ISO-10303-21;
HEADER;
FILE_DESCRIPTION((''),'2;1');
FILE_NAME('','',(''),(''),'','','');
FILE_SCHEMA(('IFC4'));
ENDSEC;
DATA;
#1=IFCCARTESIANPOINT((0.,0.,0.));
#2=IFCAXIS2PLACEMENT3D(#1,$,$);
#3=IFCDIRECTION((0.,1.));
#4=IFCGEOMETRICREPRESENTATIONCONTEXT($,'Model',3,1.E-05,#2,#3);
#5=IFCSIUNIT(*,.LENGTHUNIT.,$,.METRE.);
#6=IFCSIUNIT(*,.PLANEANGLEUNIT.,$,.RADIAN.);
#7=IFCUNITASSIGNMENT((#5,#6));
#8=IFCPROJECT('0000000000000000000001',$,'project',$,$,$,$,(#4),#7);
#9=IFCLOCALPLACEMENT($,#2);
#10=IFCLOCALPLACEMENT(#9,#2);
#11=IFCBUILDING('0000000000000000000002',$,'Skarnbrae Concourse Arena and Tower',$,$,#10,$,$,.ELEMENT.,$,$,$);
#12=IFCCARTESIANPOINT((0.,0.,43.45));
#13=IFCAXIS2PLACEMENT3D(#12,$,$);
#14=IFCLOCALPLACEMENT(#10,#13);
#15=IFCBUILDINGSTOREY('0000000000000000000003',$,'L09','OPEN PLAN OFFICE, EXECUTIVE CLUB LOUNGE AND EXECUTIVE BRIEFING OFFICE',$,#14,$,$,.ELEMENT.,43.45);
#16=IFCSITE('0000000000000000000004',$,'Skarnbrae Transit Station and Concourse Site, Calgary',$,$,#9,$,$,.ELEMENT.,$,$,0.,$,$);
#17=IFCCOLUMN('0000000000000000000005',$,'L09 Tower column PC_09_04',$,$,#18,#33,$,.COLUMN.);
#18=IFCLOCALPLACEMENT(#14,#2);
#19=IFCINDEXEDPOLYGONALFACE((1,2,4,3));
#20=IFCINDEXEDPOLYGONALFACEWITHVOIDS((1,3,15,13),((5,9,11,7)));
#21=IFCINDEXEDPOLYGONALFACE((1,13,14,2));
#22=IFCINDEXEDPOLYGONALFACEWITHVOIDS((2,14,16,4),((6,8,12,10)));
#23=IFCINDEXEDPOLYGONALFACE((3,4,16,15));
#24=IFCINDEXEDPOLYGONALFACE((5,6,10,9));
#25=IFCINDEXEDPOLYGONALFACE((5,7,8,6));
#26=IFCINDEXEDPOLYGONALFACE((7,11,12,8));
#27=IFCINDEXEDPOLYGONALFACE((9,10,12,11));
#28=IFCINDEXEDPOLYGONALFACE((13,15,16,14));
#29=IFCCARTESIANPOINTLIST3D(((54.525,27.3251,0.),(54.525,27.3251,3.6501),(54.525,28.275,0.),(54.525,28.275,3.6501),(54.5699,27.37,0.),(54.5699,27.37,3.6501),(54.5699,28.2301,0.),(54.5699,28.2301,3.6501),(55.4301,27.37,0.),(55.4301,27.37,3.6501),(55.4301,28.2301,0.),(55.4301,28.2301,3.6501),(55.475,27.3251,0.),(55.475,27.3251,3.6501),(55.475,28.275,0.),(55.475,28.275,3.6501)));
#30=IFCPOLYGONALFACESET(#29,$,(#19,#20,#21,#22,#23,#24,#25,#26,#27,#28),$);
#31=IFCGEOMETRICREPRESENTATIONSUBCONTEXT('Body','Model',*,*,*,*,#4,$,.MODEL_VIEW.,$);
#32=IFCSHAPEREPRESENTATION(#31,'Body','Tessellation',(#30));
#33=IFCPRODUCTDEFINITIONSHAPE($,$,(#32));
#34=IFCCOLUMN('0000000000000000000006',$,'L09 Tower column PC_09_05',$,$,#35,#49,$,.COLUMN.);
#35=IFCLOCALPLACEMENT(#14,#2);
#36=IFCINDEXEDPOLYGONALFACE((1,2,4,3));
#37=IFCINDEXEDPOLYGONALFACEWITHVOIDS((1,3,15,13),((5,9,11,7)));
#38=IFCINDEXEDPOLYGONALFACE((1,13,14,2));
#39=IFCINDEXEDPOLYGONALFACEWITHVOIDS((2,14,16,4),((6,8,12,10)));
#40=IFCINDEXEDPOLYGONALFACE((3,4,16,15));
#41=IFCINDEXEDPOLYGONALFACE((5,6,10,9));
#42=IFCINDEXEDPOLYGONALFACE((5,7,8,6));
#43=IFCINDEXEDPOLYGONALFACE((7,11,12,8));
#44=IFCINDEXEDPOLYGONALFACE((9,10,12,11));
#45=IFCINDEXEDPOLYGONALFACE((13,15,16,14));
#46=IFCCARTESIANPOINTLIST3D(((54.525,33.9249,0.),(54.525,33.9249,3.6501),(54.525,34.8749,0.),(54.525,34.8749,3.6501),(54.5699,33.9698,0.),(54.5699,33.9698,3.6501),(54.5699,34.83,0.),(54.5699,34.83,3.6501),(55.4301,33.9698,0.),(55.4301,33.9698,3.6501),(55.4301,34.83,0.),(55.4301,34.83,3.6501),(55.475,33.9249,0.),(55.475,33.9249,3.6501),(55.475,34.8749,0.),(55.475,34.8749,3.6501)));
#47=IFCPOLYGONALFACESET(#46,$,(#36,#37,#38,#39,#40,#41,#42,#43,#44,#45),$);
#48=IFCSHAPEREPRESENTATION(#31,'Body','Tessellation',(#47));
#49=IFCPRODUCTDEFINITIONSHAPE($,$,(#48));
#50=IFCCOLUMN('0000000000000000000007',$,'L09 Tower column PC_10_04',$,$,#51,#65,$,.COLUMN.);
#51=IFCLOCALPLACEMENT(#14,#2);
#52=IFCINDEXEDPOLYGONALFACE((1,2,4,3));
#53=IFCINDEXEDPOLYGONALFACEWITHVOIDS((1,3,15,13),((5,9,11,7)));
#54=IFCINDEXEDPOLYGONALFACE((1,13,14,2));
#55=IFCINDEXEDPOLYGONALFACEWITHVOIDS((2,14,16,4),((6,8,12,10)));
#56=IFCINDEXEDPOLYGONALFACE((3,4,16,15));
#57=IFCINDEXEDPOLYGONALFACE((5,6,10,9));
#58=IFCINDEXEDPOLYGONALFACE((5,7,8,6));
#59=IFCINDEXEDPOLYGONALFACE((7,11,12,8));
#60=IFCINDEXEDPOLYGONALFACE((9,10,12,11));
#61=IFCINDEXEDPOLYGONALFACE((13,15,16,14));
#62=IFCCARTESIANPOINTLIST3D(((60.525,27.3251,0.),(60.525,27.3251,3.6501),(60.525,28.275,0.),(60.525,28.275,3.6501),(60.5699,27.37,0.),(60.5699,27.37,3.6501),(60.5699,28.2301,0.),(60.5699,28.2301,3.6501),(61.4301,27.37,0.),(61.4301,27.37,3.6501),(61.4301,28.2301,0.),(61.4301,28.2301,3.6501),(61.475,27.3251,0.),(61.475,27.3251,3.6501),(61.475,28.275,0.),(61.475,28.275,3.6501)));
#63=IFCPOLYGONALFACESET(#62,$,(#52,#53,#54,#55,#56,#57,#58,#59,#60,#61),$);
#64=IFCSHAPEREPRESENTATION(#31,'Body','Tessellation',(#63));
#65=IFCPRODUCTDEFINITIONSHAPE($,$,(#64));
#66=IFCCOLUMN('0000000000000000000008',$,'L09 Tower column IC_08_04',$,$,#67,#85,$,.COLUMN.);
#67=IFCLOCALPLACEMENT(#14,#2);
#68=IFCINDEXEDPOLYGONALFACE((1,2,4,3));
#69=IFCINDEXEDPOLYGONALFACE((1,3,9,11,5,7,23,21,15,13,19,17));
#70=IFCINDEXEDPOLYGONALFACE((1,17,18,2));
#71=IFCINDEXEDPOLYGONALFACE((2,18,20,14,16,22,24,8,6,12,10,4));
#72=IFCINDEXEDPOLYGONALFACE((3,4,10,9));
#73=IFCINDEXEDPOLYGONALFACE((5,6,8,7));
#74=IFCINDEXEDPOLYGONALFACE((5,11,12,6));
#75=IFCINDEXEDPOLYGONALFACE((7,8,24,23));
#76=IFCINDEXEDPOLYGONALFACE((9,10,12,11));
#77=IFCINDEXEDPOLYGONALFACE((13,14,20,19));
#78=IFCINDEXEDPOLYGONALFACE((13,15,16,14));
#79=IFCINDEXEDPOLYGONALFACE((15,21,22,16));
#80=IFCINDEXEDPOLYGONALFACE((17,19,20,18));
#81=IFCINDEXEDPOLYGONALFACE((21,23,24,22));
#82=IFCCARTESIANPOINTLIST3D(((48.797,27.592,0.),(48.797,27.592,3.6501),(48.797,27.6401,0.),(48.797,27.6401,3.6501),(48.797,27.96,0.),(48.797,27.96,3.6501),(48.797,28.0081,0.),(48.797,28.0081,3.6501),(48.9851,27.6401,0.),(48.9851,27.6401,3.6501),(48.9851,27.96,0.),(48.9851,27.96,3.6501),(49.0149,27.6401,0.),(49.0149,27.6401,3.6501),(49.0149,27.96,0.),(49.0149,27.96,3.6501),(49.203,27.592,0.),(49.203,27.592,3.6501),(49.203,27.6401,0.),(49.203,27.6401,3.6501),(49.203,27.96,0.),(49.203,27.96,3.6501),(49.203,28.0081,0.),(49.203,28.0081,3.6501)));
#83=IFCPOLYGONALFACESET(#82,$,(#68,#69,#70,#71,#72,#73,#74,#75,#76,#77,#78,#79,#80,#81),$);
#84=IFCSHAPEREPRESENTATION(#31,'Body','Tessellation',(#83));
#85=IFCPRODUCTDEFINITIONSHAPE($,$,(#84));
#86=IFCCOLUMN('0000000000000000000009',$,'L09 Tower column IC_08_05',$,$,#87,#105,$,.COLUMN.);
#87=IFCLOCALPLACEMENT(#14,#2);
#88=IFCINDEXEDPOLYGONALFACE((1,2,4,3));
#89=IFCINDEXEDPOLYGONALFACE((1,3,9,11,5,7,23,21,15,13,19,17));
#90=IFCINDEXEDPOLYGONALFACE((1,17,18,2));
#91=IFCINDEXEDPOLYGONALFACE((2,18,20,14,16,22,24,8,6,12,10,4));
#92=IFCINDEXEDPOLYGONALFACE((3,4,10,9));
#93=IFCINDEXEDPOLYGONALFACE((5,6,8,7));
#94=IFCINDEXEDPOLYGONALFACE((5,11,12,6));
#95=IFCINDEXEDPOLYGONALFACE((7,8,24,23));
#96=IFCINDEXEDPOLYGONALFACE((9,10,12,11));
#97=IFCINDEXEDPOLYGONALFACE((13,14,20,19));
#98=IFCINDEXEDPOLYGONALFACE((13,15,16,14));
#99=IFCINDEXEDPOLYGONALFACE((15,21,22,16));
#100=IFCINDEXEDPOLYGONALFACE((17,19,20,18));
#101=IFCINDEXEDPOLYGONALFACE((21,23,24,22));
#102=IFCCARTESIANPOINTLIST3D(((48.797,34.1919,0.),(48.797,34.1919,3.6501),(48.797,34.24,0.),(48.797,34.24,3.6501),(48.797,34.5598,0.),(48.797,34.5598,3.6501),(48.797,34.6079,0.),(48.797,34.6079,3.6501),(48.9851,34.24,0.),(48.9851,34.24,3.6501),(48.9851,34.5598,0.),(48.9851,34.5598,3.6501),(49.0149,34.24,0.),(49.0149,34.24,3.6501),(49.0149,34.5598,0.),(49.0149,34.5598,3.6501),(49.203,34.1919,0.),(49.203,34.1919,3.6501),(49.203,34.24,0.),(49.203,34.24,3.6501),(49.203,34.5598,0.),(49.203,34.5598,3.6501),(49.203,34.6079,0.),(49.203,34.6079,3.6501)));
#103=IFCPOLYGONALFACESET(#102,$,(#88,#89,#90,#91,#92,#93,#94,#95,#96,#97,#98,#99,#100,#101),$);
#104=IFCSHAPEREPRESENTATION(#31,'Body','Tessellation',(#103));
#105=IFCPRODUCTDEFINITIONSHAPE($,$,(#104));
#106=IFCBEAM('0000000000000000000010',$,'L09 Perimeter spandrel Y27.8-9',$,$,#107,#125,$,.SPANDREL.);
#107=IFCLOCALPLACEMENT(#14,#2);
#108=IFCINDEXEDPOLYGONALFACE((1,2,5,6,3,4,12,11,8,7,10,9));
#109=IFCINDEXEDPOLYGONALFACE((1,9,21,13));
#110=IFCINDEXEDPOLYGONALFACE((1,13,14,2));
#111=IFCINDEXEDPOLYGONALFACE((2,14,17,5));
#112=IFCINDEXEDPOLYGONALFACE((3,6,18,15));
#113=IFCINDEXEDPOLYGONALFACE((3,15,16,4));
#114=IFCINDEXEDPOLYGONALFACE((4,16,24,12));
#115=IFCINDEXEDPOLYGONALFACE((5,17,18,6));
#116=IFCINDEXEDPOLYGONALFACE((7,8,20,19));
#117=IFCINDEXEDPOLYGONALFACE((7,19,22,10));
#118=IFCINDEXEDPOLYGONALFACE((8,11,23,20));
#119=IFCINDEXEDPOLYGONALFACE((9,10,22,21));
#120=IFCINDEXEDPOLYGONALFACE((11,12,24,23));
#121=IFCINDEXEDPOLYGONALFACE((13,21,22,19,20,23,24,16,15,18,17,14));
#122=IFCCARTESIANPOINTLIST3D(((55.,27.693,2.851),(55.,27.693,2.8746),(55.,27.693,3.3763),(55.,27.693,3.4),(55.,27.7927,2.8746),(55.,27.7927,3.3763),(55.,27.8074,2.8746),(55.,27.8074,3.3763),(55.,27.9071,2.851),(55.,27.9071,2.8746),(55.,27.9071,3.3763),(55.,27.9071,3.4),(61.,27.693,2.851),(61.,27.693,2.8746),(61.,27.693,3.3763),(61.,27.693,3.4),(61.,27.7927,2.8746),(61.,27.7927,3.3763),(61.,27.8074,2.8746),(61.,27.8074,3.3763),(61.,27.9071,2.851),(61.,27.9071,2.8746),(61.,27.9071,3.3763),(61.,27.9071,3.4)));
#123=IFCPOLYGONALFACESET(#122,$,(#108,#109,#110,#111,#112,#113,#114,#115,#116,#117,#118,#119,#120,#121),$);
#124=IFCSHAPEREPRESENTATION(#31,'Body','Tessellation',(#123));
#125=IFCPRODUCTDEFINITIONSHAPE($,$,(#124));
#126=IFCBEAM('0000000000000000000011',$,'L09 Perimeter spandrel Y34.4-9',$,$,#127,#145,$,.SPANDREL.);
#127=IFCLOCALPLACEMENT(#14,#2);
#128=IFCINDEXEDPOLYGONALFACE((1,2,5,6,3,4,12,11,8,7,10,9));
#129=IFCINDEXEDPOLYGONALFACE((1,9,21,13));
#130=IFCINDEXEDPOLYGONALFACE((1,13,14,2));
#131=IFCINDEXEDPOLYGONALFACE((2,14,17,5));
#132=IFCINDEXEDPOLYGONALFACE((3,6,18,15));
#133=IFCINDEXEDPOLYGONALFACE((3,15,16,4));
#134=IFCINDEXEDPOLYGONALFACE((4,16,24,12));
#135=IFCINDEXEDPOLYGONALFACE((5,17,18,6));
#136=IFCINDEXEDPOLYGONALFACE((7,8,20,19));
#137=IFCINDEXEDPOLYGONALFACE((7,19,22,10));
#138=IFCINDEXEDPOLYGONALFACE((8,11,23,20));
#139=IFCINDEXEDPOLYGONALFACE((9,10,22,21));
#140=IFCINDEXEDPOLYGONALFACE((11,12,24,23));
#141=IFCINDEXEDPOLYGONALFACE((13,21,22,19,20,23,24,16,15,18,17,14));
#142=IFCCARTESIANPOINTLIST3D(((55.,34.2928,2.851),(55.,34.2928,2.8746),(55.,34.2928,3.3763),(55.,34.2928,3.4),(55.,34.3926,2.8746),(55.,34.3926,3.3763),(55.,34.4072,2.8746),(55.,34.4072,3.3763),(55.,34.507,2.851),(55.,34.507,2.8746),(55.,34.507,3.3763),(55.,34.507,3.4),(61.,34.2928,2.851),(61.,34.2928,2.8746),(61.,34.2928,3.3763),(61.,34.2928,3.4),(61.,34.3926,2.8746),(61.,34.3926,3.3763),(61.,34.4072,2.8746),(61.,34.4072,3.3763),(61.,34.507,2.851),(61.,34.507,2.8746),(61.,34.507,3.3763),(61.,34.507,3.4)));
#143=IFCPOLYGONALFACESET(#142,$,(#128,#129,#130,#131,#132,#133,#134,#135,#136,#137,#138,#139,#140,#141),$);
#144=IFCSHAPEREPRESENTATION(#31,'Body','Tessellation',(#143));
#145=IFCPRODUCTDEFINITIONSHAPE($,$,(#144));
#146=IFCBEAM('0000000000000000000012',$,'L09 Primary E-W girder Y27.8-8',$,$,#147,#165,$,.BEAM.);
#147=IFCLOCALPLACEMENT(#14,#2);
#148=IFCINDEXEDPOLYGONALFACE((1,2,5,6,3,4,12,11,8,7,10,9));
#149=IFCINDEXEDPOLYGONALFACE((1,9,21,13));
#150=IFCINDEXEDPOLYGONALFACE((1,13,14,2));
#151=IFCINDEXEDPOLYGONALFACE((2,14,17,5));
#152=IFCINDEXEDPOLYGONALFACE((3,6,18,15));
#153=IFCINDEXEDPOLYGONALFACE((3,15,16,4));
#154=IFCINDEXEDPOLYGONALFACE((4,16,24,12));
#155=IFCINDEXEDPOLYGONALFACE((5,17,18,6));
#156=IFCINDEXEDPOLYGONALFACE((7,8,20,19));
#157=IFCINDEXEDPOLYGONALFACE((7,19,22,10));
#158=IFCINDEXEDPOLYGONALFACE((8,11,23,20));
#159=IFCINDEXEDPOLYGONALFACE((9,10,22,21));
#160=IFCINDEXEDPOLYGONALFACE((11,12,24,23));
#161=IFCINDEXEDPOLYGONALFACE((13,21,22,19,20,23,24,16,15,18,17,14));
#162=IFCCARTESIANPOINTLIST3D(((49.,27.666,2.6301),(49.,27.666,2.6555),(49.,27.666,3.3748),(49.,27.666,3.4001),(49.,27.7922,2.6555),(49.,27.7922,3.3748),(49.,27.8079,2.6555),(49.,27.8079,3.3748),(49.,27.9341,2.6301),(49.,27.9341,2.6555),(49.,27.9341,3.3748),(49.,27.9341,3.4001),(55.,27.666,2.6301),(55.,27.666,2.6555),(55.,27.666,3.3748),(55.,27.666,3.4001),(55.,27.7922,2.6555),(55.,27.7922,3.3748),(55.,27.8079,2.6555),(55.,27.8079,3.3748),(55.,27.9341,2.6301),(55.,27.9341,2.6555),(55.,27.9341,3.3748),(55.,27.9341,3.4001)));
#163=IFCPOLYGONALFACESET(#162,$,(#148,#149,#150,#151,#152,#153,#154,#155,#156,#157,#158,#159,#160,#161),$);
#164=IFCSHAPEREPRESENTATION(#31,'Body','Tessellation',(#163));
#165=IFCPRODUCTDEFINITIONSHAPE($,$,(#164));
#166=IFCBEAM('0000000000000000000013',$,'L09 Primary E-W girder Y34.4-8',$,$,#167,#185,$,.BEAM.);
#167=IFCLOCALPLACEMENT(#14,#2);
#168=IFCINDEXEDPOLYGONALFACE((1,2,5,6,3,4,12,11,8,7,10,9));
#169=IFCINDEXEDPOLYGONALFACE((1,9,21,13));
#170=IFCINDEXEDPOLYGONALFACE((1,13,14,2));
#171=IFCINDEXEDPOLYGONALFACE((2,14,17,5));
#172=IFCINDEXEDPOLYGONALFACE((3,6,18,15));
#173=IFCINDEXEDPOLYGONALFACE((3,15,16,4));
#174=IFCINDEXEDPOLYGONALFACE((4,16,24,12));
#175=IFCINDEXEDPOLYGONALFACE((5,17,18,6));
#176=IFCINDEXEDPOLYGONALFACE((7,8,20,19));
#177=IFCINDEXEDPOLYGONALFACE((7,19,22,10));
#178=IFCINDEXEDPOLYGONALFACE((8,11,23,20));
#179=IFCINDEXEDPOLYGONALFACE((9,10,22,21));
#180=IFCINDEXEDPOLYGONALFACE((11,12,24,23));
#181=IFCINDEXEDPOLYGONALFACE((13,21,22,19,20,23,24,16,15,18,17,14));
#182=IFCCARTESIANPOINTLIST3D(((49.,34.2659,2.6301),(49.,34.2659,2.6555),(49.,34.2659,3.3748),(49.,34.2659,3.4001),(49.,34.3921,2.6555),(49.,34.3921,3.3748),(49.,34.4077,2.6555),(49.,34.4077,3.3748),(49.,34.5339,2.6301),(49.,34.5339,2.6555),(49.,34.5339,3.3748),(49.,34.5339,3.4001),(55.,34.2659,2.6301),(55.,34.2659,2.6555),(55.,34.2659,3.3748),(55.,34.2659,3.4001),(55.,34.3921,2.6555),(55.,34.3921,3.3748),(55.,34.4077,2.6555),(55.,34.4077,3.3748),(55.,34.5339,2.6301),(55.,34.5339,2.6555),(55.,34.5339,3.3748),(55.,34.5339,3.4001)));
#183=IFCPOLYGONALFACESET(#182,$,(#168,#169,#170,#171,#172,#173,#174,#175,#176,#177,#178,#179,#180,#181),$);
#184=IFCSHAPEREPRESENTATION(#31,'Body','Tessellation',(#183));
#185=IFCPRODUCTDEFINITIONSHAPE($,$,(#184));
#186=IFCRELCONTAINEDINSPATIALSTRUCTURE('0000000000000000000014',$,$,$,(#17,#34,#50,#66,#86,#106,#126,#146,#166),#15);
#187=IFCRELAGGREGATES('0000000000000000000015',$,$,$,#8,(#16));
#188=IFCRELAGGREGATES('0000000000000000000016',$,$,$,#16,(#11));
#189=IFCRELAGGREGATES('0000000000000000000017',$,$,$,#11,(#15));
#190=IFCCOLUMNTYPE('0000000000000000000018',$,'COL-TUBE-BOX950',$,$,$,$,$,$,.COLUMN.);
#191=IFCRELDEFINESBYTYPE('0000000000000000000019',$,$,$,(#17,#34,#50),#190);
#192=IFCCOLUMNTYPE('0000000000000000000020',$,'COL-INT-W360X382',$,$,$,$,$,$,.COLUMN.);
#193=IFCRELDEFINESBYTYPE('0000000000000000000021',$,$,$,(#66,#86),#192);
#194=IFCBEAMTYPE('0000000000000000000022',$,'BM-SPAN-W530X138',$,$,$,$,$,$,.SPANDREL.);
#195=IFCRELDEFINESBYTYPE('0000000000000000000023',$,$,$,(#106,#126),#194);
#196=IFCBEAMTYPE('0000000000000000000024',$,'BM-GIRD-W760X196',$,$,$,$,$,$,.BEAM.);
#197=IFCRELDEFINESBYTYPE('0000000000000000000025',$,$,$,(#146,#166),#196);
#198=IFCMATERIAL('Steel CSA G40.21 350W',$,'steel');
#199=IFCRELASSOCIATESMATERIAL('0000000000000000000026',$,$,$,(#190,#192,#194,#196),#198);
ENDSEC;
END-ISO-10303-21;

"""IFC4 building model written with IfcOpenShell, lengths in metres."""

from ifc_helpers import new_model, si_unit, direction, frame, origin, origin_2d, place, context, subcontext, project, spatial, hollow_rectangle, i_section, extrude, source, transform, mapped, material, material_profile, profile_set, type_object, element, save


model = new_model("IFC4")

# Units and contexts
model_context = context("Model", 3, precision=1e-05, world=origin(), true_north=direction((0.0, 1.0)))
body_context = subcontext(model_context, "Body", "Model", "MODEL_VIEW")
ifc_project = project(units=[si_unit("LENGTHUNIT", "METRE"), si_unit("PLANEANGLEUNIT", "RADIAN")], contexts=[model_context])

# Site, building, storey
site_placement = place(None, origin())
site = spatial("IfcSite", under=ifc_project, at=site_placement, Name="Skarnbrae Transit Station and Concourse Site, Calgary", CompositionType="ELEMENT", RefElevation=0.0)
building_placement = place(site_placement, origin())
building = spatial("IfcBuilding", under=site, at=building_placement, Name="Skarnbrae Concourse Arena and Tower", CompositionType="ELEMENT")
storey_placement = place(building_placement, frame((0.0, 0.0, 43.45)))
storey = spatial("IfcBuildingStorey", under=building, at=storey_placement, Name="L09", Description="OPEN PLAN OFFICE, EXECUTIVE CLUB LOUNGE AND EXECUTIVE BRIEFING OFFICE", CompositionType="ELEMENT", Elevation=43.45)

# Columns
ifc_material_1 = material(Name="Steel CSA G40.21 350W", Category="steel")
ifc_material_profile_1 = material_profile(ifc_material_1, hollow_rectangle(XDim=0.95, YDim=0.95, WallThickness=0.0449, at=origin_2d()), Name="BOX950X950X45")
ifc_profile_set_1 = profile_set([ifc_material_profile_1], Name="Steel CSA G40.21 350W")
column_type_1 = type_object("IfcColumnType", Name="COL-TUBE-BOX950", PredefinedType="COLUMN", material=ifc_profile_set_1)
shared_shape_1 = source(origin(), body_context, "Body", "SweptSolid", [
    extrude(hollow_rectangle(XDim=0.95, YDim=0.95, WallThickness=0.0449, at=origin_2d()), origin(), (0.0, 0.0, 1.0), 3.6501),
])
for number, where, z_axis, x_axis, name in (
    (1, (55.0, 27.8, 0.0), (0.0, 0.0, 1.0), (1.0, 0.0, 0.0), "L09 Tower column PC_09_04"),
    (2, (55.0, 34.3999, 0.0), (0.0, 0.0, 1.0), (1.0, 0.0, 0.0), "L09 Tower column PC_09_05"),
    (3, (61.0, 27.8, 0.0), (0.0, 0.0, 1.0), (1.0, 0.0, 0.0), "L09 Tower column PC_10_04"),
):
    element("IfcColumn", number, at=place(storey_placement, frame(where, z_axis=z_axis, x_axis=x_axis)), inside=storey, type_object=column_type_1, Name=name, PredefinedType="COLUMN", context=body_context, shape_type="MappedRepresentation", body=[
        mapped(shared_shape_1, transform((0.0, 0.0, 0.0))),
    ])
ifc_material_profile_2 = material_profile(ifc_material_1, i_section(OverallWidth=0.406, OverallDepth=0.416, WebThickness=0.0298, FlangeThickness=0.0481, at=origin_2d()), Name="W360X382")
ifc_profile_set_2 = profile_set([ifc_material_profile_2], Name="Steel CSA G40.21 350W")
column_type_2 = type_object("IfcColumnType", Name="COL-INT-W360X382", PredefinedType="COLUMN", material=ifc_profile_set_2)
shared_shape_2 = source(origin(), body_context, "Body", "SweptSolid", [
    extrude(i_section(OverallWidth=0.406, OverallDepth=0.416, WebThickness=0.0298, FlangeThickness=0.0481, at=origin_2d()), origin(), (0.0, 0.0, 1.0), 3.6501),
])
for number, where, z_axis, x_axis, name in (
    (4, (49.0, 27.8, 0.0), (0.0, 0.0, 1.0), (1.0, 0.0, 0.0), "L09 Tower column IC_08_04"),
    (5, (49.0, 34.3999, 0.0), (0.0, 0.0, 1.0), (1.0, 0.0, 0.0), "L09 Tower column IC_08_05"),
):
    element("IfcColumn", number, at=place(storey_placement, frame(where, z_axis=z_axis, x_axis=x_axis)), inside=storey, type_object=column_type_2, Name=name, PredefinedType="COLUMN", context=body_context, shape_type="MappedRepresentation", body=[
        mapped(shared_shape_2, transform((0.0, 0.0, 0.0))),
    ])

# Beams
ifc_material_profile_3 = material_profile(ifc_material_1, i_section(OverallWidth=0.2141, OverallDepth=0.5491, WebThickness=0.0146, FlangeThickness=0.0237, at=origin_2d()), Name="W530X138")
ifc_profile_set_3 = profile_set([ifc_material_profile_3], Name="Steel CSA G40.21 350W")
beam_type_1 = type_object("IfcBeamType", Name="BM-SPAN-W530X138", PredefinedType="SPANDREL", material=ifc_profile_set_3)
shared_shape_3 = source(origin(), body_context, "Body", "SweptSolid", [
    extrude(i_section(OverallWidth=0.2141, OverallDepth=0.5491, WebThickness=0.0146, FlangeThickness=0.0237, at=origin_2d()), origin(), (0.0, 0.0, 1.0), 6.0),
])
for number, where, z_axis, x_axis, name in (
    (6, (55.0, 27.8, 3.1255), (1.0, 0.0, 0.0), (0.0, 1.0, 0.0), "L09 Perimeter spandrel Y27.8-9"),
    (7, (55.0, 34.3999, 3.1255), (1.0, 0.0, 0.0), (0.0, 1.0, 0.0), "L09 Perimeter spandrel Y34.4-9"),
):
    element("IfcBeam", number, at=place(storey_placement, frame(where, z_axis=z_axis, x_axis=x_axis)), inside=storey, type_object=beam_type_1, Name=name, PredefinedType="SPANDREL", context=body_context, shape_type="MappedRepresentation", body=[
        mapped(shared_shape_3, transform((0.0, 0.0, 0.0))),
    ])
ifc_material_profile_4 = material_profile(ifc_material_1, i_section(OverallWidth=0.2681, OverallDepth=0.77, WebThickness=0.0156, FlangeThickness=0.0254, at=origin_2d()), Name="W760X196")
ifc_profile_set_4 = profile_set([ifc_material_profile_4], Name="Steel CSA G40.21 350W")
beam_type_2 = type_object("IfcBeamType", Name="BM-GIRD-W760X196", PredefinedType="BEAM", material=ifc_profile_set_4)
shared_shape_4 = source(origin(), body_context, "Body", "SweptSolid", [
    extrude(i_section(OverallWidth=0.2681, OverallDepth=0.77, WebThickness=0.0156, FlangeThickness=0.0254, at=origin_2d()), origin(), (0.0, 0.0, 1.0), 6.0),
])
for number, where, z_axis, x_axis, name in (
    (8, (49.0, 27.8, 3.0151), (1.0, 0.0, 0.0), (0.0, 1.0, 0.0), "L09 Primary E-W girder Y27.8-8"),
    (9, (49.0, 34.3999, 3.0151), (1.0, 0.0, 0.0), (0.0, 1.0, 0.0), "L09 Primary E-W girder Y34.4-8"),
):
    element("IfcBeam", number, at=place(storey_placement, frame(where, z_axis=z_axis, x_axis=x_axis)), inside=storey, type_object=beam_type_2, Name=name, PredefinedType="BEAM", context=body_context, shape_type="MappedRepresentation", body=[
        mapped(shared_shape_4, transform((0.0, 0.0, 0.0))),
    ])

save(model, "model.ifc")
